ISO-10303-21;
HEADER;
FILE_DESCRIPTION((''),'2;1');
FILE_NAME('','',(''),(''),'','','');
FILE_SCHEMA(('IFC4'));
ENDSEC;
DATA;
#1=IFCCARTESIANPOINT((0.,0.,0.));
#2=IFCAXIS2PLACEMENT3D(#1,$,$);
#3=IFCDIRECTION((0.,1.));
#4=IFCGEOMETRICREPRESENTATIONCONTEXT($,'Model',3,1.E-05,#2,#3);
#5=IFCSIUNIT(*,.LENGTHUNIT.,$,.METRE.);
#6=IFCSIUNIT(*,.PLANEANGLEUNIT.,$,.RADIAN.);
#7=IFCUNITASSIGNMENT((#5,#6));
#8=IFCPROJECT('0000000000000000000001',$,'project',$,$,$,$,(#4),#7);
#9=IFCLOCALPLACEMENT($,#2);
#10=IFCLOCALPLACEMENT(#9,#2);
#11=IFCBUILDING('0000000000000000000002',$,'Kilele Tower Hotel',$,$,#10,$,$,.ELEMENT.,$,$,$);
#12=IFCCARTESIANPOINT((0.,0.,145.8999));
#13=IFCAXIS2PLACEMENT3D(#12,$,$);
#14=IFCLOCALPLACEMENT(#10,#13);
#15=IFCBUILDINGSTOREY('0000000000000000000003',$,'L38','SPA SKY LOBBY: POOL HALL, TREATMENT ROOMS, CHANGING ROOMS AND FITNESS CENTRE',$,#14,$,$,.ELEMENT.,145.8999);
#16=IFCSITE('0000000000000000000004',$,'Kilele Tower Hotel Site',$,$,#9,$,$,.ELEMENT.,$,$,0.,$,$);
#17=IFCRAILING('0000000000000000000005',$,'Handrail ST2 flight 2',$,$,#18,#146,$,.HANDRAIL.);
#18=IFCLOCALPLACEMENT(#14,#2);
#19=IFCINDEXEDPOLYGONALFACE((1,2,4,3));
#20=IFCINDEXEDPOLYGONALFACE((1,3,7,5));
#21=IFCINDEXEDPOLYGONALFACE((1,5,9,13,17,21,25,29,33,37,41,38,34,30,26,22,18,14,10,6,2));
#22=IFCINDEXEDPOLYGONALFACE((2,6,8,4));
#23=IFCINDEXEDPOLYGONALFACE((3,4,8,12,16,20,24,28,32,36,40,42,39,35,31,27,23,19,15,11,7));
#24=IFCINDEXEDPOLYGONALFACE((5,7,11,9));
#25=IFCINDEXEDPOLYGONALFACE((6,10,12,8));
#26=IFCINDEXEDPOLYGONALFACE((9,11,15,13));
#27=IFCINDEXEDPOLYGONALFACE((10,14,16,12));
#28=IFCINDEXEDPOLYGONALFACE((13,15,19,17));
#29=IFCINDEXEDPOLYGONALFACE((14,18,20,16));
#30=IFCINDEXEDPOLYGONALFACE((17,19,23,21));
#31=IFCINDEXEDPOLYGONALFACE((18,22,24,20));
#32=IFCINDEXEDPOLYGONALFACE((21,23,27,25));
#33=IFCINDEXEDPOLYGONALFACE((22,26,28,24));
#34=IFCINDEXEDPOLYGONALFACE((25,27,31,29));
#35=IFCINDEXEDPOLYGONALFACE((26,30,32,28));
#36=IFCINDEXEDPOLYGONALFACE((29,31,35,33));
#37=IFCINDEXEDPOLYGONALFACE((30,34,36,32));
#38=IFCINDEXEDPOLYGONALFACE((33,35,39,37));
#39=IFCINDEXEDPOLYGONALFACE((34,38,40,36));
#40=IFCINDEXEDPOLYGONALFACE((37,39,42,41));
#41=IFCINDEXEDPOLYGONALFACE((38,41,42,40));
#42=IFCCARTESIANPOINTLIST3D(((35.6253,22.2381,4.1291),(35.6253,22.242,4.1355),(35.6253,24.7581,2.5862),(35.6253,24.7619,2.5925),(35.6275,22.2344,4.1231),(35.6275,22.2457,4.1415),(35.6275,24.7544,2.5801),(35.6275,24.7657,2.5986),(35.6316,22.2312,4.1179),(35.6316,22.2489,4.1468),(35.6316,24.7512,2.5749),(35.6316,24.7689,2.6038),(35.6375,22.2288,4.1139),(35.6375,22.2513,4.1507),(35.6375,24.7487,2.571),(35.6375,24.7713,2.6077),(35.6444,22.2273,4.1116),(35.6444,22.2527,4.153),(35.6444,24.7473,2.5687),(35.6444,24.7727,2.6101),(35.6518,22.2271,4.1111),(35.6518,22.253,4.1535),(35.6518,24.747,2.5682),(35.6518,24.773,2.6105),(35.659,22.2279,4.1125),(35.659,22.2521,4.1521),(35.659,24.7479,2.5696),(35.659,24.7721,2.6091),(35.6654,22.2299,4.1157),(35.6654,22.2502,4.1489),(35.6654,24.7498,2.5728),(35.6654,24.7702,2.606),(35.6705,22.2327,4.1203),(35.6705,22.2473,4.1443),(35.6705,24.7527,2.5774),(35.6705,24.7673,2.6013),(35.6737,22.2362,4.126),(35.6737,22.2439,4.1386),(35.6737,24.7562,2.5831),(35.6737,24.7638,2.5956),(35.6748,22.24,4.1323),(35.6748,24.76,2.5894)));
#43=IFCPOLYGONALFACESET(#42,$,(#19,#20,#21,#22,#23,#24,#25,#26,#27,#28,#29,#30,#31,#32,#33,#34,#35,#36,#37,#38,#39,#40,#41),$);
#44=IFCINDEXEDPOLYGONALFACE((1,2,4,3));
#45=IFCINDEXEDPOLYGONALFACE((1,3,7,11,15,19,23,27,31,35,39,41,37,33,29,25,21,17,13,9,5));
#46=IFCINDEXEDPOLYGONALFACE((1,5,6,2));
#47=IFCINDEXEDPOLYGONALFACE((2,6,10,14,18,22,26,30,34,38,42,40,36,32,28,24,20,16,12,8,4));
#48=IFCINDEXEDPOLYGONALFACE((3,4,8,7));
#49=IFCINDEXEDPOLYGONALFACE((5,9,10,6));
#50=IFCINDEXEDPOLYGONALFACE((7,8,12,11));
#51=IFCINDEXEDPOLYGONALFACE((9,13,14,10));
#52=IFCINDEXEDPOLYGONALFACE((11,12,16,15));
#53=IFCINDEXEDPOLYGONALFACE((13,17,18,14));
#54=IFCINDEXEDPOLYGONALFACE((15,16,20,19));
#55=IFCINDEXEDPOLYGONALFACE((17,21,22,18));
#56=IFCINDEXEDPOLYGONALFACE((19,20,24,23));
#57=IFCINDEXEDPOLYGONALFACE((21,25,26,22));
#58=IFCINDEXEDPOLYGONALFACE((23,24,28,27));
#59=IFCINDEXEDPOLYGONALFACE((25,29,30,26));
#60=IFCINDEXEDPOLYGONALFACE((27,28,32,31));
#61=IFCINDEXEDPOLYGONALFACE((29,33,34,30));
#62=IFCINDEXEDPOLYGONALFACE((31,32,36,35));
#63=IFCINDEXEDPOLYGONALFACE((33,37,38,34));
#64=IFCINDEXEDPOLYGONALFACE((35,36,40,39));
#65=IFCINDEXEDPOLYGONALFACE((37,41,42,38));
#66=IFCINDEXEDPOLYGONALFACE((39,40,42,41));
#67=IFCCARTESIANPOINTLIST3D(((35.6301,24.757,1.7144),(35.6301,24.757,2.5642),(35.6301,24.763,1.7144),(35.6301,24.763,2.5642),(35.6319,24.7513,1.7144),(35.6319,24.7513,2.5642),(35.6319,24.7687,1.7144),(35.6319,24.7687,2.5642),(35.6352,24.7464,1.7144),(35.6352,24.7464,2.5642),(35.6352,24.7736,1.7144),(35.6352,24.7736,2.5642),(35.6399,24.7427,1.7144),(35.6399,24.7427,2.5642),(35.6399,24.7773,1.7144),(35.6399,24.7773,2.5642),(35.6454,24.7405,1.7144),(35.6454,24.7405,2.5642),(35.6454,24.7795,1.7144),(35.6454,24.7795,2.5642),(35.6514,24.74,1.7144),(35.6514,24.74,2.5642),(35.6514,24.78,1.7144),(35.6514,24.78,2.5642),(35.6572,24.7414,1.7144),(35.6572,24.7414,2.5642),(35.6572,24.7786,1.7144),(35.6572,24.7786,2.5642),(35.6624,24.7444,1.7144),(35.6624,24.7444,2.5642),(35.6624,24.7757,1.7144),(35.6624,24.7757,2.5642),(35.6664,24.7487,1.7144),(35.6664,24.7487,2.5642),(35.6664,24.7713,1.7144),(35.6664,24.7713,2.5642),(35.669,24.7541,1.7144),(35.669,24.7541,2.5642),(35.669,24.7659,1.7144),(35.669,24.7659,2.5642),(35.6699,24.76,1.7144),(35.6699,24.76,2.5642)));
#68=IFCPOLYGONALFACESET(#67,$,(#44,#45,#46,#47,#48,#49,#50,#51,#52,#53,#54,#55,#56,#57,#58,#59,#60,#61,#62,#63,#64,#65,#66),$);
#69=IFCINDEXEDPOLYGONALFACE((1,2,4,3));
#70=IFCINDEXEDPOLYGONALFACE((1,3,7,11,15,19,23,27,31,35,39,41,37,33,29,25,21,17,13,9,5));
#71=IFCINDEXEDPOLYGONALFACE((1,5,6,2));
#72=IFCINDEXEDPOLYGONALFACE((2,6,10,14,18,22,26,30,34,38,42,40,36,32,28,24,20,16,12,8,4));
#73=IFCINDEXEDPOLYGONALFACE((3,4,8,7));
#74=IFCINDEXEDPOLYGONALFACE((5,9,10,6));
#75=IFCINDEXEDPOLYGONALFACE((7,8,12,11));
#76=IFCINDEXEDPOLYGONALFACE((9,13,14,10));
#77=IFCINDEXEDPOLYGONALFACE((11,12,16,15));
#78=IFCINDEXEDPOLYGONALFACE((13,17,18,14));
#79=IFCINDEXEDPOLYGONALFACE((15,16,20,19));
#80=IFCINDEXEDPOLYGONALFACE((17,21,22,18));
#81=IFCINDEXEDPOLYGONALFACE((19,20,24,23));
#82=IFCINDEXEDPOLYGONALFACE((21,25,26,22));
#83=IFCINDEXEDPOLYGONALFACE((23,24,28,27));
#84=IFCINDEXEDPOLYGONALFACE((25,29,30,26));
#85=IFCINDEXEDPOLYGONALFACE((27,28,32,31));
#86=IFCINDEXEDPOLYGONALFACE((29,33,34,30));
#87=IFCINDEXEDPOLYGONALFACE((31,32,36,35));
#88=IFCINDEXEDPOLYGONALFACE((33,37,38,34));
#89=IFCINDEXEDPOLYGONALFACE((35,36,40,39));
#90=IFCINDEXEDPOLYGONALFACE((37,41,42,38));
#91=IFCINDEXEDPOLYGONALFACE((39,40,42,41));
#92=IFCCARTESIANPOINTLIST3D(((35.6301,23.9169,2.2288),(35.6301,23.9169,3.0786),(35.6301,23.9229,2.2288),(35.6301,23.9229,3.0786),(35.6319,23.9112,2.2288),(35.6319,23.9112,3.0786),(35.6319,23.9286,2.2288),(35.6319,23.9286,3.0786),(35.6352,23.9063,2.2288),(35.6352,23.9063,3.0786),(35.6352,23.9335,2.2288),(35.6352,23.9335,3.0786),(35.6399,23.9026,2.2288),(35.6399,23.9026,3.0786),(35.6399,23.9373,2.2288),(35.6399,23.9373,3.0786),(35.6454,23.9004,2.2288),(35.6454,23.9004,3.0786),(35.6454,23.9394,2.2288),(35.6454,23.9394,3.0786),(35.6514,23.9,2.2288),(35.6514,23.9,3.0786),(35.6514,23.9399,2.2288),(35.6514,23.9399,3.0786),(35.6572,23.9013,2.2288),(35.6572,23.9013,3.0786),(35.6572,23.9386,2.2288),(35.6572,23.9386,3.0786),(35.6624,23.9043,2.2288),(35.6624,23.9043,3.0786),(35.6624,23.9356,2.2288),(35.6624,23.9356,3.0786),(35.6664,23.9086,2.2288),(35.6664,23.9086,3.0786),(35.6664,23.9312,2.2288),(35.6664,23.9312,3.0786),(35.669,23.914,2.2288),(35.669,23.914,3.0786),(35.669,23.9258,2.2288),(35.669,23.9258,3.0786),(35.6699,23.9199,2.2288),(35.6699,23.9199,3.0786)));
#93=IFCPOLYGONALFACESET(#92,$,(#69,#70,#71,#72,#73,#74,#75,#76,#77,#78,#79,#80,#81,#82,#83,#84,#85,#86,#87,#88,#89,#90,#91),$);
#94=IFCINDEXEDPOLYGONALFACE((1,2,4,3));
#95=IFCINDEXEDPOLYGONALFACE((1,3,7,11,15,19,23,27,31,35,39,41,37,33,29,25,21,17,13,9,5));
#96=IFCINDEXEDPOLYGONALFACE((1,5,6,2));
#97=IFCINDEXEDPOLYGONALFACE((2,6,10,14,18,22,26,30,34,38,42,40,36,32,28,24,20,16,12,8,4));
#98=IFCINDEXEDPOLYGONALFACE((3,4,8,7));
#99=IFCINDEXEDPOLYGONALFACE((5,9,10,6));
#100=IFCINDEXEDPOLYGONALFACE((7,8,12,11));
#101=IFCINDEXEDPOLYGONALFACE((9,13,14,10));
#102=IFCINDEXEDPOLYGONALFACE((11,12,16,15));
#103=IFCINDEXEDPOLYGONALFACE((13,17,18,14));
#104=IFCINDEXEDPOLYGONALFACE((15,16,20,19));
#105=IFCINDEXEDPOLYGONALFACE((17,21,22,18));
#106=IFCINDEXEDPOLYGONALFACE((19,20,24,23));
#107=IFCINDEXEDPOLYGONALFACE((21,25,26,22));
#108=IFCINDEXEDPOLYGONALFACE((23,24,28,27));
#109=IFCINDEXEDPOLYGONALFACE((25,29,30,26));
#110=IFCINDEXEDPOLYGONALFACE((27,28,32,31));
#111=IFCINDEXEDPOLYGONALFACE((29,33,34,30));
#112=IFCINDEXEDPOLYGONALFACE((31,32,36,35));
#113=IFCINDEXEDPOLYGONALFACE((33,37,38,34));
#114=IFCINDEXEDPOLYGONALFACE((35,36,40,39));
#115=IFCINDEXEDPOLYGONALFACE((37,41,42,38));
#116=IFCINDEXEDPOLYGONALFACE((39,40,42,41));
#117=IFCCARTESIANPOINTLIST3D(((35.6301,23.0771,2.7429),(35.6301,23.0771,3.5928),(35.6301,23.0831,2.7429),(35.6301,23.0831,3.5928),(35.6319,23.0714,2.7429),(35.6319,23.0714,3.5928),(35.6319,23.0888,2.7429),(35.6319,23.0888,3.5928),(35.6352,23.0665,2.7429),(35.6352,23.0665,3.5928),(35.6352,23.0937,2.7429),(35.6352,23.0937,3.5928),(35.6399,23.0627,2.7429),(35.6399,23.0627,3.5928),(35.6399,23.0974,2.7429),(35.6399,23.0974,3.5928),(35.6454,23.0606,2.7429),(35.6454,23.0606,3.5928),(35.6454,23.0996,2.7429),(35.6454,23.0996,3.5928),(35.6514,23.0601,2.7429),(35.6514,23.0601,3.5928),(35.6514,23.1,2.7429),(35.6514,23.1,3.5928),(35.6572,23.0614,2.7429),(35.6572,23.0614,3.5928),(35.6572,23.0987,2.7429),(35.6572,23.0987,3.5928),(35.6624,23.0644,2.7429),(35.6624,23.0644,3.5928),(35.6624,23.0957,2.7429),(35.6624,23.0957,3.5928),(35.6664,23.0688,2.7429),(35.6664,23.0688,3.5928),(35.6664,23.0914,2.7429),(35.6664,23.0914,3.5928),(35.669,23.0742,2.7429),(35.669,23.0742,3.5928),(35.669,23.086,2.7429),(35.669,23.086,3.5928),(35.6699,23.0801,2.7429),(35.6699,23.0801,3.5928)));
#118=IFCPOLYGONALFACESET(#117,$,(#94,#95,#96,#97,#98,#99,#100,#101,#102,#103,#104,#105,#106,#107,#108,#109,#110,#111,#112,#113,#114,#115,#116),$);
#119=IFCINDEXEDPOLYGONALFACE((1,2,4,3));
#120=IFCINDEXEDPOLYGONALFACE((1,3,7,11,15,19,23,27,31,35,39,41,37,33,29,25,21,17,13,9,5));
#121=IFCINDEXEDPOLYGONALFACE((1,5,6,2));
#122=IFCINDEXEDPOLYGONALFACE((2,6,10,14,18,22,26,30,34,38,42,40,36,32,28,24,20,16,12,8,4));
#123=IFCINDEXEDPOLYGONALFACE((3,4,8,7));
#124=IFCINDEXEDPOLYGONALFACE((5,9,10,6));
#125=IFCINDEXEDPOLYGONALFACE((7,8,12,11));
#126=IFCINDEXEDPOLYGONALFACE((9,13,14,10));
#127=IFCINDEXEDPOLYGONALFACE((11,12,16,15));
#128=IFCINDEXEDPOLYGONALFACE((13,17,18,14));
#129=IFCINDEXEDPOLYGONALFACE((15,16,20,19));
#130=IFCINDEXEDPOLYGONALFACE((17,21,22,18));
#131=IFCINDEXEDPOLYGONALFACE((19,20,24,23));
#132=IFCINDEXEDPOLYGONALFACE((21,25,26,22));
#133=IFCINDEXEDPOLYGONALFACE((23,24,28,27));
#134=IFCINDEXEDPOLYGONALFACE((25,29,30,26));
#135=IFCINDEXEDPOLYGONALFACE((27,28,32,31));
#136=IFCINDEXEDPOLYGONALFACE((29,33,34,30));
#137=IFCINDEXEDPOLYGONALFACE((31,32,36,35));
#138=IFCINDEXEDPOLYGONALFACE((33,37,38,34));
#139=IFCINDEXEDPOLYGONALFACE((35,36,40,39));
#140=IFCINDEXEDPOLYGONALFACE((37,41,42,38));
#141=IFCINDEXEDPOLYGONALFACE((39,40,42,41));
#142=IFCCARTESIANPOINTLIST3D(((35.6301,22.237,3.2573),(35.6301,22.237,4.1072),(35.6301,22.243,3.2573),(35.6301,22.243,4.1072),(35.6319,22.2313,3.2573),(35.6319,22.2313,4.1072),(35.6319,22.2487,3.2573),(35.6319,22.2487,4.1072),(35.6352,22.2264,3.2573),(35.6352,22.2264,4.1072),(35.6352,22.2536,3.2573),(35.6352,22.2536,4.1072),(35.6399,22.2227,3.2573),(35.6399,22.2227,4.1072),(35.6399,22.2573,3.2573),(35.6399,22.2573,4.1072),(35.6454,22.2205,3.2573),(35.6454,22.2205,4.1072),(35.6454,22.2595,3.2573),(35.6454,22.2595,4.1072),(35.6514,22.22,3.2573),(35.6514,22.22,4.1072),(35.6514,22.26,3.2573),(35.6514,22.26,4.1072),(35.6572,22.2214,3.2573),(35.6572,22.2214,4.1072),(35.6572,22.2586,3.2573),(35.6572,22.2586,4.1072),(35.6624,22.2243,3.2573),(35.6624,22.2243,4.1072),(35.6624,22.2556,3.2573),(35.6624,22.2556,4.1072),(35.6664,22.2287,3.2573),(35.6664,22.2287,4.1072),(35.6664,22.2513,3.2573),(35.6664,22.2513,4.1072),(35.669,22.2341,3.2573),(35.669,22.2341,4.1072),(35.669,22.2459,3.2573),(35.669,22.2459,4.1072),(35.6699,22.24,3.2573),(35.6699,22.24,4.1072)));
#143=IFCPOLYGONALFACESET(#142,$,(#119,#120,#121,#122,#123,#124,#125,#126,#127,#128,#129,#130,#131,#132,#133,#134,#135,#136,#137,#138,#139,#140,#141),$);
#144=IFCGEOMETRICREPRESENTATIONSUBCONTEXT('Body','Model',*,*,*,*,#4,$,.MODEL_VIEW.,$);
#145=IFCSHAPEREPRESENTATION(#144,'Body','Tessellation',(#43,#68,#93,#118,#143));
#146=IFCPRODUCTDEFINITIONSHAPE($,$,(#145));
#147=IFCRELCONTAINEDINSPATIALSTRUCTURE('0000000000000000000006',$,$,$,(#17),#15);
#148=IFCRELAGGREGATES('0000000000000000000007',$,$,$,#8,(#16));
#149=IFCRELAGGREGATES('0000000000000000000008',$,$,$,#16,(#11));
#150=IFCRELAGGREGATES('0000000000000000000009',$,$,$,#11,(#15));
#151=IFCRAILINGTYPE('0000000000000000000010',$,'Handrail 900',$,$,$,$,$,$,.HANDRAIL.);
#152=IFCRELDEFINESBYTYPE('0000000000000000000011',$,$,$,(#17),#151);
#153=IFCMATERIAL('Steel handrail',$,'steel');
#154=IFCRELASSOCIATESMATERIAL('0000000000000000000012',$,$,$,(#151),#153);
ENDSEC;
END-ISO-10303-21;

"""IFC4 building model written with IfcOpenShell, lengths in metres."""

from ifc_helpers import new_model, si_unit, direction, frame, origin, origin_2d, place, context, subcontext, project, spatial, circle, extrude, material, type_object, element, save


model = new_model("IFC4")

# Units and contexts
model_context = context("Model", 3, precision=1e-05, world=origin(), true_north=direction((0.0, 1.0)))
body_context = subcontext(model_context, "Body", "Model", "MODEL_VIEW")
ifc_project = project(units=[si_unit("LENGTHUNIT", "METRE"), si_unit("PLANEANGLEUNIT", "RADIAN")], contexts=[model_context])

# Site, building, storey
site_placement = place(None, origin())
site = spatial("IfcSite", under=ifc_project, at=site_placement, Name="Kilele Tower Hotel Site", CompositionType="ELEMENT", RefElevation=0.0)
building_placement = place(site_placement, origin())
building = spatial("IfcBuilding", under=site, at=building_placement, Name="Kilele Tower Hotel", CompositionType="ELEMENT")
storey_placement = place(building_placement, frame((0.0, 0.0, 145.8999)))
storey = spatial("IfcBuildingStorey", under=building, at=storey_placement, Name="L38", Description="SPA SKY LOBBY: POOL HALL, TREATMENT ROOMS, CHANGING ROOMS AND FITNESS CENTRE", CompositionType="ELEMENT", Elevation=145.8999)

# Railing
ifc_material_1 = material(Name="Steel handrail", Category="steel")
railing_type_1 = type_object("IfcRailingType", Name="Handrail 900", PredefinedType="HANDRAIL", material=ifc_material_1)
for number, where, name in (
    (1, (35.6499, 24.76, 1.7144), "Handrail ST2 flight 2"),
):
    element("IfcRailing", number, at=place(storey_placement, frame(where)), inside=storey, type_object=railing_type_1, Name=name, PredefinedType="HANDRAIL", context=body_context, shape_type="SweptSolid", body=[
        extrude(circle(Radius=0.0249, at=origin_2d()), frame((0.0, 0.0, 0.875), z_axis=(0.0, -0.852836, 0.522178), x_axis=(1.0, 0.0, 0.0)), (0.0, 0.0, 1.0), 2.9548),
        extrude(circle(Radius=0.02, at=origin_2d()), origin(), (0.0, 0.0, 1.0), 0.8499),
        extrude(circle(Radius=0.02, at=origin_2d()), frame((0.0, -0.8401, 0.5144)), (0.0, 0.0, 1.0), 0.8499),
        extrude(circle(Radius=0.02, at=origin_2d()), frame((0.0, -1.6799, 1.0286)), (0.0, 0.0, 1.0), 0.8499),
        extrude(circle(Radius=0.02, at=origin_2d()), frame((0.0, -2.52, 1.543)), (0.0, 0.0, 1.0), 0.8499),
    ])

save(model, "model.ifc")
